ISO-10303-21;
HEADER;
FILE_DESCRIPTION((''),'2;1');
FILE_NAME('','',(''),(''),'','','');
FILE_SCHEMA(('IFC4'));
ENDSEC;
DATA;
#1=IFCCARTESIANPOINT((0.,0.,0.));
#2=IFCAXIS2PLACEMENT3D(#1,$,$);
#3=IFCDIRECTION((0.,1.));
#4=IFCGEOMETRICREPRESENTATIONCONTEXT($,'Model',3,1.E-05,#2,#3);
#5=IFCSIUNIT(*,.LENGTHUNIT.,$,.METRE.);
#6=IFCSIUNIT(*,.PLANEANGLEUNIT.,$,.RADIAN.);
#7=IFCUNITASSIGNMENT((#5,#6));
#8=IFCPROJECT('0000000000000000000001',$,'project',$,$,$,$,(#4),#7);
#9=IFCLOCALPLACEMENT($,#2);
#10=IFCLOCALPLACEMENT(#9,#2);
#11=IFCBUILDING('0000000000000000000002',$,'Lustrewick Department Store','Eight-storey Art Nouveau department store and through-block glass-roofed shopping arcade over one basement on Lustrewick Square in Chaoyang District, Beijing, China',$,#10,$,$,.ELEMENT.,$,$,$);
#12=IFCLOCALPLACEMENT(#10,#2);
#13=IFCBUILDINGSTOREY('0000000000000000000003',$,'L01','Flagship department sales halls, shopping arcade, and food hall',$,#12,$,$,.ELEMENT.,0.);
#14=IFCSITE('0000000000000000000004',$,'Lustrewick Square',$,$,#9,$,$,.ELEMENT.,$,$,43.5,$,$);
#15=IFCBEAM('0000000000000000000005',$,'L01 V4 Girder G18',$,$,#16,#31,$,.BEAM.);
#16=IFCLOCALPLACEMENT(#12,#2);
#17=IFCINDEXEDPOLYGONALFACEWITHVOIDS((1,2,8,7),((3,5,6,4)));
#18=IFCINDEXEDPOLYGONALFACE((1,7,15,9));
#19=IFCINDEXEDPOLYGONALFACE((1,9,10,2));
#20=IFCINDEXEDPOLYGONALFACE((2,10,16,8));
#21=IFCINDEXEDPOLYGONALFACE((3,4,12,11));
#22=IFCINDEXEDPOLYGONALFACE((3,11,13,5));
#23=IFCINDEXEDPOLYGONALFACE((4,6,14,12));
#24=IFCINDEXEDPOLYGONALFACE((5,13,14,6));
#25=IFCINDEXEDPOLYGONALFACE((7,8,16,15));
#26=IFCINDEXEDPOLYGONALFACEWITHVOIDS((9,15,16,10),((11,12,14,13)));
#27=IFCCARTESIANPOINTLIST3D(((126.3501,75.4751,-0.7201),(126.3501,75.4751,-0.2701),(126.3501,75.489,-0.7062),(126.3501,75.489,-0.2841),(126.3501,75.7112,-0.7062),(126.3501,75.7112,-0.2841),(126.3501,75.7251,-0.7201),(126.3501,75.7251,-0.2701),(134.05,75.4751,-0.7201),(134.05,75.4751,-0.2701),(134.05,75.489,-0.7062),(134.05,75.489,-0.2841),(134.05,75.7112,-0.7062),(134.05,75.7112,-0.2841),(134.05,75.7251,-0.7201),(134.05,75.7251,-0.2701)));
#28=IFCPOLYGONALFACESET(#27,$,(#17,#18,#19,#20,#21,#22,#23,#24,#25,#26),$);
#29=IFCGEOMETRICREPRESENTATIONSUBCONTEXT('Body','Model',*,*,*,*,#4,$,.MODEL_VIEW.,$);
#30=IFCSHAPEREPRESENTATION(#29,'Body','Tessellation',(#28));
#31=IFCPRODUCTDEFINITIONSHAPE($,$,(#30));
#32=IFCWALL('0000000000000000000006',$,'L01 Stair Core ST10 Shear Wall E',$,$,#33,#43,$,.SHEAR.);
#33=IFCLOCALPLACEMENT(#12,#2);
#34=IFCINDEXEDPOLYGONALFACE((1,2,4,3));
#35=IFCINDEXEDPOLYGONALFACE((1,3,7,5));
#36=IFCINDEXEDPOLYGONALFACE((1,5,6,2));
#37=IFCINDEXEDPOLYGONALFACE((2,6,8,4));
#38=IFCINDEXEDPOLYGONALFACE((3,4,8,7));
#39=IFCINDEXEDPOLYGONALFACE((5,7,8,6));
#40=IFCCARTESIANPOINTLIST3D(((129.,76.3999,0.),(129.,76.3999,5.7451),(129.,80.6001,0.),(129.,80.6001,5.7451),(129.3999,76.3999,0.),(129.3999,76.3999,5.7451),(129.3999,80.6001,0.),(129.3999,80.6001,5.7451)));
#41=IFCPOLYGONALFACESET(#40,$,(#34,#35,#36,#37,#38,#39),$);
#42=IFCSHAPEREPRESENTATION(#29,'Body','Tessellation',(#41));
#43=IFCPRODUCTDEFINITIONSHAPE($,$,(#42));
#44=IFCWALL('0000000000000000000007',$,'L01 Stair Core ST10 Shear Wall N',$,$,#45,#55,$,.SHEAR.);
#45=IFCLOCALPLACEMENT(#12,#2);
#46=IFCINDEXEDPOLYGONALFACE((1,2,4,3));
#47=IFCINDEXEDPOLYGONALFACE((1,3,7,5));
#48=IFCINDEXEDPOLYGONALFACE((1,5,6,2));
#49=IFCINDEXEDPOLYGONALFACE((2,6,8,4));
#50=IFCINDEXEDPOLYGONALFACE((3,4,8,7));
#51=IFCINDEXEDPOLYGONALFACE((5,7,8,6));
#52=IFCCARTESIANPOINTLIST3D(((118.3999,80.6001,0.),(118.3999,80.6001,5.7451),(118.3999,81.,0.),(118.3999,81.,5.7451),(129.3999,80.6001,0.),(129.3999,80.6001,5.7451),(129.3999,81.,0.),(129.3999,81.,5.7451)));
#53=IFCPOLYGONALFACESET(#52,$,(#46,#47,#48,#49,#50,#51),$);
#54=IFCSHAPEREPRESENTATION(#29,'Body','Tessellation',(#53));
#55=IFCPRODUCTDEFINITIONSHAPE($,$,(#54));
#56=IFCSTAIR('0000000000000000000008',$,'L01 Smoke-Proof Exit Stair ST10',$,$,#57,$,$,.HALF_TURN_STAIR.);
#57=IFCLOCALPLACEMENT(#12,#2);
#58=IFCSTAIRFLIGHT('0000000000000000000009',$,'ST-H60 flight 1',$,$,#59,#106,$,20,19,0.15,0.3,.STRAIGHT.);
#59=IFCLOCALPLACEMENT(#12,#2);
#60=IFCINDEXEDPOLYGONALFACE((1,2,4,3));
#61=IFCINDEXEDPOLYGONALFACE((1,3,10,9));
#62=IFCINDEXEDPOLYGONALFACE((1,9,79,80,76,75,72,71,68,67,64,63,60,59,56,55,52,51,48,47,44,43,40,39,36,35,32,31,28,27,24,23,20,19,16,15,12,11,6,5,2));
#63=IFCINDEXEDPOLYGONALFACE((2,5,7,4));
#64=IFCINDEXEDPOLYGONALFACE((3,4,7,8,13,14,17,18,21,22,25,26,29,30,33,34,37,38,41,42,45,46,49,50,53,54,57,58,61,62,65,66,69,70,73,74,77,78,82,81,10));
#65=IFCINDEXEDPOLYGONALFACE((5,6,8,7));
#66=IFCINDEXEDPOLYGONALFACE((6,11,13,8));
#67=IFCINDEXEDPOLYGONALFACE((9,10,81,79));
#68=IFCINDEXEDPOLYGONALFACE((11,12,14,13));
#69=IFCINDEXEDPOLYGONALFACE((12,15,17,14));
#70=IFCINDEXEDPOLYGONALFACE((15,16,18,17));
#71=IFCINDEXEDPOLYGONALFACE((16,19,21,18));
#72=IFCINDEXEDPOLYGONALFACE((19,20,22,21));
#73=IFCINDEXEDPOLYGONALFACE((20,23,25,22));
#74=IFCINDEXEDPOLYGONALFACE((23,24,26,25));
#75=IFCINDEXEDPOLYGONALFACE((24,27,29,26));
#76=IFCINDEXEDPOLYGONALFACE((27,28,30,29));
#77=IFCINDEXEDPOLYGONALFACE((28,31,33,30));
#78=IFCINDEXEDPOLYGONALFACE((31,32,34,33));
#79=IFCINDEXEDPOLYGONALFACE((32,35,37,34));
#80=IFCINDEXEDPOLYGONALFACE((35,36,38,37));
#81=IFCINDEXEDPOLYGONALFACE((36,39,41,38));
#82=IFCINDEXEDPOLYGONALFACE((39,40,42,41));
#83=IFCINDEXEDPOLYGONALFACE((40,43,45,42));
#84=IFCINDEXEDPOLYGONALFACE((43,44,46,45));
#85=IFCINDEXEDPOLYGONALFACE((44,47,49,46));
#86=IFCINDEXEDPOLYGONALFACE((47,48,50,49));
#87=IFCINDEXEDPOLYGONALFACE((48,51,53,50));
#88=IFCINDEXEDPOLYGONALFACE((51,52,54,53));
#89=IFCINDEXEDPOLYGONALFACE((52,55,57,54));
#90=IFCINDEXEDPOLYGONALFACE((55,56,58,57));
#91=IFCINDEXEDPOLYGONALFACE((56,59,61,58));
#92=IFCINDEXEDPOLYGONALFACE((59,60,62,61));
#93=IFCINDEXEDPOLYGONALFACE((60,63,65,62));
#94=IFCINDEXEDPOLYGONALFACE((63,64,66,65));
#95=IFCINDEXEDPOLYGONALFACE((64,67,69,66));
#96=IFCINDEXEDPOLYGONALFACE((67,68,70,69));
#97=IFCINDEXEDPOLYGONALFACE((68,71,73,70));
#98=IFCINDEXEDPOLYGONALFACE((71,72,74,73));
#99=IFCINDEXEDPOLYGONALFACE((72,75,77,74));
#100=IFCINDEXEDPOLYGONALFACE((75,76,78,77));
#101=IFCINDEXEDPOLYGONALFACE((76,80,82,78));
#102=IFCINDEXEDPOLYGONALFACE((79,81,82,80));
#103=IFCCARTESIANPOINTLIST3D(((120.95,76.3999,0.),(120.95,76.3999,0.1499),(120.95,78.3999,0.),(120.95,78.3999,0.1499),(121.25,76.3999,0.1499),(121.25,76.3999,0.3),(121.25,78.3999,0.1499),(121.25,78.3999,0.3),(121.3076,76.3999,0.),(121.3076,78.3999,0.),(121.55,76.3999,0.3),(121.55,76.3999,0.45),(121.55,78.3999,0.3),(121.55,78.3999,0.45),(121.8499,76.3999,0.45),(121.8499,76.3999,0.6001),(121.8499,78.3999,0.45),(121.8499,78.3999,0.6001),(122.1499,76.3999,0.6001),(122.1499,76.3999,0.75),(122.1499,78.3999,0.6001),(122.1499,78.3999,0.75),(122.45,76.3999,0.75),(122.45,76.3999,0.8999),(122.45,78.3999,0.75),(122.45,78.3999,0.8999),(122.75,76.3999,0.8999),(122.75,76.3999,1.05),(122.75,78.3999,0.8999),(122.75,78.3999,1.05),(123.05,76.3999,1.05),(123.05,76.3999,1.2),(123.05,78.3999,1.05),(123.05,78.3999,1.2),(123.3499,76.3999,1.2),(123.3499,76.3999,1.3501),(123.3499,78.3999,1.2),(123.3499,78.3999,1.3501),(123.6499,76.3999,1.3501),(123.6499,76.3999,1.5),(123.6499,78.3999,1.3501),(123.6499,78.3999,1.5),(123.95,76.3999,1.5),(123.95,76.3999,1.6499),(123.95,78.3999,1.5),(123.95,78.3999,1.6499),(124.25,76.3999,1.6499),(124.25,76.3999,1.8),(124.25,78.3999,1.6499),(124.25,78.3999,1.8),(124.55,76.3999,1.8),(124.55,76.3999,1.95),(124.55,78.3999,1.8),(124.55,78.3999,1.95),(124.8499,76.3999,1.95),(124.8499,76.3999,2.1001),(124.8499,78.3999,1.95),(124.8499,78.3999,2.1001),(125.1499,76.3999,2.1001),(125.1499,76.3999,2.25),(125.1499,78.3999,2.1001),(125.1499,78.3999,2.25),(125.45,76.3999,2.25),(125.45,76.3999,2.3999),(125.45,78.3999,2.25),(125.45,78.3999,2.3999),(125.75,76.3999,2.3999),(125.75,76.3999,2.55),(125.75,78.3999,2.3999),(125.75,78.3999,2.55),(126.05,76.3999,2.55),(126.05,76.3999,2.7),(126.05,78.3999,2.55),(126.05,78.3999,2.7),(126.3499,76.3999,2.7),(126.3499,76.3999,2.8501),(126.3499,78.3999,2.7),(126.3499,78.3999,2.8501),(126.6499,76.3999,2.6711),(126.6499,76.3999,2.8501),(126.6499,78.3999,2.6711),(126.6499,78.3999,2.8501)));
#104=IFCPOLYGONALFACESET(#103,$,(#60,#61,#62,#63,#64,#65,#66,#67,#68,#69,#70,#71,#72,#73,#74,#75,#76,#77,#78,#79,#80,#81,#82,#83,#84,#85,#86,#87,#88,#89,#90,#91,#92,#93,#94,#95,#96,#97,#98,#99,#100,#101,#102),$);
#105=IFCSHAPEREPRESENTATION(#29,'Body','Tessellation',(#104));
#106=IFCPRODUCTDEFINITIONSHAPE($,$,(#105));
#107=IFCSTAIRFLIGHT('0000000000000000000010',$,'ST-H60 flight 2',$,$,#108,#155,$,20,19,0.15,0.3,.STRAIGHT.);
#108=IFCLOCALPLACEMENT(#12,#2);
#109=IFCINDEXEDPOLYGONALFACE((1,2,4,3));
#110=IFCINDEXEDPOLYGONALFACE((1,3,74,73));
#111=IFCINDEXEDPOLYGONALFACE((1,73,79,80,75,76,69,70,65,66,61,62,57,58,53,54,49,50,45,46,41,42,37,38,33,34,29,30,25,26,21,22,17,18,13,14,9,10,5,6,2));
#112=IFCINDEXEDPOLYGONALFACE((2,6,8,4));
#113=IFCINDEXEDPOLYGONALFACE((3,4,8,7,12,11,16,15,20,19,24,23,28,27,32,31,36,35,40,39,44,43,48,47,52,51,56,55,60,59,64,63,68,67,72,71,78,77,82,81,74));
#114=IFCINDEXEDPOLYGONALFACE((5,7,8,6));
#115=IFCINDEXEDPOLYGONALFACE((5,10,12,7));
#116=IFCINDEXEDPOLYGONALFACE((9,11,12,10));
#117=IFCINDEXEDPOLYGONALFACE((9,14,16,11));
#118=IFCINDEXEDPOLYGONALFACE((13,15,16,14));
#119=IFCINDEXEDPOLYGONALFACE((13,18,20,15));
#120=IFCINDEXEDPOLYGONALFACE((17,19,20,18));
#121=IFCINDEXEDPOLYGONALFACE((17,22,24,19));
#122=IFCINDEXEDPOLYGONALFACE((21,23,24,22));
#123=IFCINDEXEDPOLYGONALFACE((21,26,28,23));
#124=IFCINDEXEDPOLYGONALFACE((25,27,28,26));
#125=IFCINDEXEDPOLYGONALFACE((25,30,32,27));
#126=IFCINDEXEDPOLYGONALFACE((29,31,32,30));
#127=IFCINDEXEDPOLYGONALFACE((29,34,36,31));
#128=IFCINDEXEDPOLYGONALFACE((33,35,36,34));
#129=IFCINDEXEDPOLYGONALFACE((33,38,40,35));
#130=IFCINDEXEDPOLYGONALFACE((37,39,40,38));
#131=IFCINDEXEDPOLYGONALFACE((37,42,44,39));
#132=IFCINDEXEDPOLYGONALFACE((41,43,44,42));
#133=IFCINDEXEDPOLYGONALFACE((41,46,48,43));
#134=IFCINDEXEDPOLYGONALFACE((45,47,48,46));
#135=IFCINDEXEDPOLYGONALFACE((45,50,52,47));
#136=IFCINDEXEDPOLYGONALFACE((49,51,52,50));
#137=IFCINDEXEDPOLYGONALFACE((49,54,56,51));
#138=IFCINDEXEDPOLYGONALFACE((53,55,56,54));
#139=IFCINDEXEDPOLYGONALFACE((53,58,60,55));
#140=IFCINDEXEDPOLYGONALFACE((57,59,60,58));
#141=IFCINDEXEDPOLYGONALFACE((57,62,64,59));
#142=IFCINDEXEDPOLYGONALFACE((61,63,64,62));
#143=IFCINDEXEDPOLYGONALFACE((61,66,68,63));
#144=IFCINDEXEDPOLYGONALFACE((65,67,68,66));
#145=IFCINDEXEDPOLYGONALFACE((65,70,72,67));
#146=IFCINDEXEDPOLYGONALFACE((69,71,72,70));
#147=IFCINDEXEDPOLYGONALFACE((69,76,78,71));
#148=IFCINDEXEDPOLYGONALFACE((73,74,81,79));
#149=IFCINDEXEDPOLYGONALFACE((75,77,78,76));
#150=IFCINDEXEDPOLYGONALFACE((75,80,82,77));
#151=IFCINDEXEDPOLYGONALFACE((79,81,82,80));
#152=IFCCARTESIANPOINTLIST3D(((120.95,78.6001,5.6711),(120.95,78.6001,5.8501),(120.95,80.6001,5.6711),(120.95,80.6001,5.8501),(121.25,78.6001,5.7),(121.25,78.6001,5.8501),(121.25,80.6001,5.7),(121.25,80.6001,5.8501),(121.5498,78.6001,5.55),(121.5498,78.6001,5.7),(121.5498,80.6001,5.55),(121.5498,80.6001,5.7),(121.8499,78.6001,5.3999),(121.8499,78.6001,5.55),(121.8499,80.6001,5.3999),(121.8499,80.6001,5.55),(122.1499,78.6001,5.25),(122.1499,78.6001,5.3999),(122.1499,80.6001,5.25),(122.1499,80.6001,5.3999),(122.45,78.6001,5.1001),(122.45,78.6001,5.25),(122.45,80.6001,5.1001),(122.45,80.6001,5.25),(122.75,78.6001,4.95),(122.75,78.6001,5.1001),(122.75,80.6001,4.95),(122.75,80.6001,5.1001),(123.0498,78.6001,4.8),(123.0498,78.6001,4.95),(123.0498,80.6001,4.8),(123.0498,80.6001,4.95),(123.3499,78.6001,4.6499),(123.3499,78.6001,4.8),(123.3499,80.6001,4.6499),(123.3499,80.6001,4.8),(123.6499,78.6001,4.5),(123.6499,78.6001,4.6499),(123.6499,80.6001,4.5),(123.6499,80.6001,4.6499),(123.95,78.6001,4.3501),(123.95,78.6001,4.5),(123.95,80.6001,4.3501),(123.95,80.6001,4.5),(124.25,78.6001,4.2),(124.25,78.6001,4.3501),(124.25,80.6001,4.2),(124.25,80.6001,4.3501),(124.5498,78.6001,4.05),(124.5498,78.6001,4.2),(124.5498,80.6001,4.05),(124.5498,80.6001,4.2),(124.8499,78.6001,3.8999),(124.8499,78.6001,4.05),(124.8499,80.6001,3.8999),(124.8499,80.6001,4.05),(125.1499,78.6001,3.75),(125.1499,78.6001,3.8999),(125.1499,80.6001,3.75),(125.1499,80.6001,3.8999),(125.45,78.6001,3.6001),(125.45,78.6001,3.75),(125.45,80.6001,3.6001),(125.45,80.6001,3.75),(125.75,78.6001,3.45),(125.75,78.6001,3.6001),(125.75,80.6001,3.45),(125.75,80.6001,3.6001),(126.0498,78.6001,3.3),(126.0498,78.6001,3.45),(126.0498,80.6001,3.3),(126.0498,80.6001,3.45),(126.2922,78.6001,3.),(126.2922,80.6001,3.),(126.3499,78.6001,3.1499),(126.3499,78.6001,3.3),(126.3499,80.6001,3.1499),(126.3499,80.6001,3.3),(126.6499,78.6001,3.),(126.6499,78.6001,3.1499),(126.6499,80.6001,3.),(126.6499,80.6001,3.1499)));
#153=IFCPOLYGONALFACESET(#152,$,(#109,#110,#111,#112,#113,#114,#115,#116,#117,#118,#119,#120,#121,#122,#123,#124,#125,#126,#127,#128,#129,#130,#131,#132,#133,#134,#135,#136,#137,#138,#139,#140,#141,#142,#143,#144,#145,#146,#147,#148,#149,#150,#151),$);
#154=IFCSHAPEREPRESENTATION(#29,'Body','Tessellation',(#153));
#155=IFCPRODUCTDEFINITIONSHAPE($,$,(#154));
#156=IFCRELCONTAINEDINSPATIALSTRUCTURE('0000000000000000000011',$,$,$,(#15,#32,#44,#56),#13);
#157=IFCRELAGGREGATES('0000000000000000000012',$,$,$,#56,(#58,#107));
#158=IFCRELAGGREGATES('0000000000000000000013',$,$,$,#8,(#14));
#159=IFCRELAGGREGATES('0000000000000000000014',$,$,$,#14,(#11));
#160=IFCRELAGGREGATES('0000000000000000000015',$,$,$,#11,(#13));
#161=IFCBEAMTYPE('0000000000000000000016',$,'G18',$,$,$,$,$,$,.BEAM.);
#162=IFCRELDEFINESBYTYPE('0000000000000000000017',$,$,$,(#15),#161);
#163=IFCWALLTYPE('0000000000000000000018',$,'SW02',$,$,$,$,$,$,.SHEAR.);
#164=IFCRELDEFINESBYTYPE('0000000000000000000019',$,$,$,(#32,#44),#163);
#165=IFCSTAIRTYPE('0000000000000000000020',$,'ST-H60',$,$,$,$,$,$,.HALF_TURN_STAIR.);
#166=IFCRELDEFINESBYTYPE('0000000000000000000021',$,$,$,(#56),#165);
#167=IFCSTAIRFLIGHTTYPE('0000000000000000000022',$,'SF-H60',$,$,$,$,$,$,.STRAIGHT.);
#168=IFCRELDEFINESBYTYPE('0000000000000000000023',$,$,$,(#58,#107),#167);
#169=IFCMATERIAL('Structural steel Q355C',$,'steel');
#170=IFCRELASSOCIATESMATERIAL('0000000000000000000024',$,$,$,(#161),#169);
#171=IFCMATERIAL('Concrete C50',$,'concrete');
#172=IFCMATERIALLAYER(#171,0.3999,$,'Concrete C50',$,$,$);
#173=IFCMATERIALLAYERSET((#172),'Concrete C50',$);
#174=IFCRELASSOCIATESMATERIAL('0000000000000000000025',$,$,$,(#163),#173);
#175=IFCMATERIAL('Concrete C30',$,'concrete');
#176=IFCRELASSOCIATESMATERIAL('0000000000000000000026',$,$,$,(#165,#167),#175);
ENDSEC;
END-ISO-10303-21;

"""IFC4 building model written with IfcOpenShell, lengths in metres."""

from ifc_helpers import new_model, si_unit, direction, frame, frame_2d, origin, origin_2d, place, context, subcontext, project, spatial, polyline, rectangle, hollow_rectangle, outline, extrude, material, layer, layer_set, material_profile, profile_set, type_object, element, aggregate, save


model = new_model("IFC4")

# Units and contexts
model_context = context("Model", 3, precision=1e-05, world=origin(), true_north=direction((0.0, 1.0)))
body_context = subcontext(model_context, "Body", "Model", "MODEL_VIEW")
ifc_project = project(units=[si_unit("LENGTHUNIT", "METRE"), si_unit("PLANEANGLEUNIT", "RADIAN")], contexts=[model_context])

# Site, building, storey
site_placement = place(None, origin())
site = spatial("IfcSite", under=ifc_project, at=site_placement, Name="Lustrewick Square", CompositionType="ELEMENT", RefElevation=43.5)
building_placement = place(site_placement, origin())
building = spatial("IfcBuilding", under=site, at=building_placement, Name="Lustrewick Department Store", Description="Eight-storey Art Nouveau department store and through-block glass-roofed shopping arcade over one basement on Lustrewick Square in Chaoyang District, Beijing, China", CompositionType="ELEMENT")
storey_placement = place(building_placement, origin())
storey = spatial("IfcBuildingStorey", under=building, at=storey_placement, Name="L01", Description="Flagship department sales halls, shopping arcade, and food hall", CompositionType="ELEMENT", Elevation=0.0)

# Shared definitions
ifc_material_1 = material(Name="Structural steel Q355C", Category="steel")

# Beam
ifc_material_profile_1 = material_profile(ifc_material_1, hollow_rectangle(XDim=0.25, YDim=0.45, WallThickness=0.0139, at=origin_2d()), Name="RHS 450x250x14")
ifc_profile_set_1 = profile_set([ifc_material_profile_1], Name="Structural steel Q355C")
beam_type_1 = type_object("IfcBeamType", Name="G18", PredefinedType="BEAM", material=ifc_profile_set_1)
beam_1_placement = place(storey_placement, frame((126.3501, 75.6001, -0.4951), z_axis=(1.0, 0.0, 0.0), x_axis=(0.0, 1.0, 0.0)))
element("IfcBeam", 1, at=beam_1_placement, inside=storey, type_object=beam_type_1, Name="L01 V4 Girder G18", PredefinedType="BEAM", context=body_context, shape_type="SweptSolid", body=[
    extrude(hollow_rectangle(XDim=0.25, YDim=0.45, WallThickness=0.0139, at=origin_2d()), origin(), (0.0, 0.0, 1.0), 7.7),
])

# Walls
ifc_material_2 = material(Name="Concrete C50", Category="concrete")
ifc_layer = layer(ifc_material_2, 0.3999, Name="Concrete C50")
ifc_layer_set = layer_set([ifc_layer], Name="Concrete C50")
wall_type = type_object("IfcWallType", Name="SW02", PredefinedType="SHEAR", material=ifc_layer_set)
wall_1_placement = place(storey_placement, frame((129.2, 76.3999, 0.0), z_axis=(0.0, 0.0, 1.0), x_axis=(0.0, 1.0, 0.0)))
element("IfcWall", 2, at=wall_1_placement, inside=storey, type_object=wall_type, Name="L01 Stair Core ST10 Shear Wall E", PredefinedType="SHEAR", context=body_context, shape_type="SweptSolid", body=[
    extrude(rectangle(XDim=4.2002, YDim=0.3999, at=frame_2d((2.1001, 0.0))), origin(), (0.0, 0.0, 1.0), 5.7451),
])
wall_2_placement = place(storey_placement, frame((129.3999, 80.8, 0.0), z_axis=(0.0, 0.0, 1.0), x_axis=(-1.0, 0.0, 0.0)))
element("IfcWall", 3, at=wall_2_placement, inside=storey, type_object=wall_type, Name="L01 Stair Core ST10 Shear Wall N", PredefinedType="SHEAR", context=body_context, shape_type="SweptSolid", body=[
    extrude(rectangle(XDim=11.0, YDim=0.3999, at=frame_2d((5.5, 0.0))), origin(), (0.0, 0.0, 1.0), 5.7451),
])

# Stair, stair flights
ifc_material_3 = material(Name="Concrete C30", Category="concrete")
stair_type = type_object("IfcStairType", Name="ST-H60", PredefinedType="HALF_TURN_STAIR", material=ifc_material_3)
stair_placement = place(storey_placement, origin())
stair = element("IfcStair", 4, at=stair_placement, inside=storey, type_object=stair_type, Name="L01 Smoke-Proof Exit Stair ST10", PredefinedType="HALF_TURN_STAIR")
stair_flight_type = type_object("IfcStairFlightType", Name="SF-H60", PredefinedType="STRAIGHT", material=ifc_material_3)
stair_flight_1_placement = place(storey_placement, frame((120.95, 77.3999, 0.0), z_axis=(0.0, 0.0, 1.0), x_axis=(1.0, 0.0, 0.0)))
stair_flight_1 = element("IfcStairFlight", 5, at=stair_flight_1_placement, type_object=stair_flight_type, Name="ST-H60 flight 1", NumberOfRisers=20, NumberOfTreads=19, PredefinedType="STRAIGHT", RiserHeight=0.15, TreadLength=0.3, context=body_context, shape_type="SweptSolid", body=[
    extrude(outline(polyline([(0.0, 0.0), (0.0, 0.1499), (0.3, 0.1499), (0.3, 0.3), (0.6001, 0.3), (0.6001, 0.45), (0.8999, 0.45), (0.8999, 0.6001), (1.2, 0.6001), (1.2, 0.75), (1.5, 0.75), (1.5, 0.8999), (1.8, 0.8999), (1.8, 1.05), (2.1001, 1.05), (2.1001, 1.2), (2.3999, 1.2), (2.3999, 1.3501), (2.7, 1.3501), (2.7, 1.5), (3.0, 1.5), (3.0, 1.6499), (3.3, 1.6499), (3.3, 1.8), (3.6001, 1.8), (3.6001, 1.95), (3.8999, 1.95), (3.8999, 2.1001), (4.2, 2.1001), (4.2, 2.25), (4.5, 2.25), (4.5, 2.3999), (4.8, 2.3999), (4.8, 2.55), (5.1001, 2.55), (5.1001, 2.7), (5.3999, 2.7), (5.3999, 2.8501), (5.7, 2.8501), (5.7, 3.0), (5.7, 2.6711), (0.3577, 0.0), (0.0, 0.0)])), frame((0.0, 1.0, 0.0), z_axis=(0.0, -1.0, 0.0), x_axis=(1.0, 0.0, 0.0)), (0.0, 0.0, 1.0), 2.0),
])
stair_flight_2_placement = place(storey_placement, frame((126.6499, 79.6001, 3.0), z_axis=(0.0, 0.0, 1.0), x_axis=(-1.0, 0.0, 0.0)))
stair_flight_2 = element("IfcStairFlight", 6, at=stair_flight_2_placement, type_object=stair_flight_type, Name="ST-H60 flight 2", NumberOfRisers=20, NumberOfTreads=19, PredefinedType="STRAIGHT", RiserHeight=0.15, TreadLength=0.3, context=body_context, shape_type="SweptSolid", body=[
    extrude(outline(polyline([(0.0, 0.0), (0.0, 0.1499), (0.3, 0.1499), (0.3, 0.3), (0.6001, 0.3), (0.6001, 0.45), (0.8999, 0.45), (0.8999, 0.6001), (1.2, 0.6001), (1.2, 0.75), (1.5, 0.75), (1.5, 0.8999), (1.8, 0.8999), (1.8, 1.05), (2.1001, 1.05), (2.1001, 1.2), (2.3999, 1.2), (2.3999, 1.3501), (2.7, 1.3501), (2.7, 1.5), (3.0, 1.5), (3.0, 1.6499), (3.3, 1.6499), (3.3, 1.8), (3.6001, 1.8), (3.6001, 1.95), (3.8999, 1.95), (3.8999, 2.1001), (4.2, 2.1001), (4.2, 2.25), (4.5, 2.25), (4.5, 2.3999), (4.8, 2.3999), (4.8, 2.55), (5.1001, 2.55), (5.1001, 2.7), (5.3999, 2.7), (5.3999, 2.8501), (5.7, 2.8501), (5.7, 3.0), (5.7, 2.6711), (0.3577, 0.0), (0.0, 0.0)])), frame((0.0, 1.0, 0.0), z_axis=(0.0, -1.0, 0.0), x_axis=(1.0, 0.0, 0.0)), (0.0, 0.0, 1.0), 2.0),
])
aggregate(stair, [stair_flight_1, stair_flight_2])

save(model, "model.ifc")
